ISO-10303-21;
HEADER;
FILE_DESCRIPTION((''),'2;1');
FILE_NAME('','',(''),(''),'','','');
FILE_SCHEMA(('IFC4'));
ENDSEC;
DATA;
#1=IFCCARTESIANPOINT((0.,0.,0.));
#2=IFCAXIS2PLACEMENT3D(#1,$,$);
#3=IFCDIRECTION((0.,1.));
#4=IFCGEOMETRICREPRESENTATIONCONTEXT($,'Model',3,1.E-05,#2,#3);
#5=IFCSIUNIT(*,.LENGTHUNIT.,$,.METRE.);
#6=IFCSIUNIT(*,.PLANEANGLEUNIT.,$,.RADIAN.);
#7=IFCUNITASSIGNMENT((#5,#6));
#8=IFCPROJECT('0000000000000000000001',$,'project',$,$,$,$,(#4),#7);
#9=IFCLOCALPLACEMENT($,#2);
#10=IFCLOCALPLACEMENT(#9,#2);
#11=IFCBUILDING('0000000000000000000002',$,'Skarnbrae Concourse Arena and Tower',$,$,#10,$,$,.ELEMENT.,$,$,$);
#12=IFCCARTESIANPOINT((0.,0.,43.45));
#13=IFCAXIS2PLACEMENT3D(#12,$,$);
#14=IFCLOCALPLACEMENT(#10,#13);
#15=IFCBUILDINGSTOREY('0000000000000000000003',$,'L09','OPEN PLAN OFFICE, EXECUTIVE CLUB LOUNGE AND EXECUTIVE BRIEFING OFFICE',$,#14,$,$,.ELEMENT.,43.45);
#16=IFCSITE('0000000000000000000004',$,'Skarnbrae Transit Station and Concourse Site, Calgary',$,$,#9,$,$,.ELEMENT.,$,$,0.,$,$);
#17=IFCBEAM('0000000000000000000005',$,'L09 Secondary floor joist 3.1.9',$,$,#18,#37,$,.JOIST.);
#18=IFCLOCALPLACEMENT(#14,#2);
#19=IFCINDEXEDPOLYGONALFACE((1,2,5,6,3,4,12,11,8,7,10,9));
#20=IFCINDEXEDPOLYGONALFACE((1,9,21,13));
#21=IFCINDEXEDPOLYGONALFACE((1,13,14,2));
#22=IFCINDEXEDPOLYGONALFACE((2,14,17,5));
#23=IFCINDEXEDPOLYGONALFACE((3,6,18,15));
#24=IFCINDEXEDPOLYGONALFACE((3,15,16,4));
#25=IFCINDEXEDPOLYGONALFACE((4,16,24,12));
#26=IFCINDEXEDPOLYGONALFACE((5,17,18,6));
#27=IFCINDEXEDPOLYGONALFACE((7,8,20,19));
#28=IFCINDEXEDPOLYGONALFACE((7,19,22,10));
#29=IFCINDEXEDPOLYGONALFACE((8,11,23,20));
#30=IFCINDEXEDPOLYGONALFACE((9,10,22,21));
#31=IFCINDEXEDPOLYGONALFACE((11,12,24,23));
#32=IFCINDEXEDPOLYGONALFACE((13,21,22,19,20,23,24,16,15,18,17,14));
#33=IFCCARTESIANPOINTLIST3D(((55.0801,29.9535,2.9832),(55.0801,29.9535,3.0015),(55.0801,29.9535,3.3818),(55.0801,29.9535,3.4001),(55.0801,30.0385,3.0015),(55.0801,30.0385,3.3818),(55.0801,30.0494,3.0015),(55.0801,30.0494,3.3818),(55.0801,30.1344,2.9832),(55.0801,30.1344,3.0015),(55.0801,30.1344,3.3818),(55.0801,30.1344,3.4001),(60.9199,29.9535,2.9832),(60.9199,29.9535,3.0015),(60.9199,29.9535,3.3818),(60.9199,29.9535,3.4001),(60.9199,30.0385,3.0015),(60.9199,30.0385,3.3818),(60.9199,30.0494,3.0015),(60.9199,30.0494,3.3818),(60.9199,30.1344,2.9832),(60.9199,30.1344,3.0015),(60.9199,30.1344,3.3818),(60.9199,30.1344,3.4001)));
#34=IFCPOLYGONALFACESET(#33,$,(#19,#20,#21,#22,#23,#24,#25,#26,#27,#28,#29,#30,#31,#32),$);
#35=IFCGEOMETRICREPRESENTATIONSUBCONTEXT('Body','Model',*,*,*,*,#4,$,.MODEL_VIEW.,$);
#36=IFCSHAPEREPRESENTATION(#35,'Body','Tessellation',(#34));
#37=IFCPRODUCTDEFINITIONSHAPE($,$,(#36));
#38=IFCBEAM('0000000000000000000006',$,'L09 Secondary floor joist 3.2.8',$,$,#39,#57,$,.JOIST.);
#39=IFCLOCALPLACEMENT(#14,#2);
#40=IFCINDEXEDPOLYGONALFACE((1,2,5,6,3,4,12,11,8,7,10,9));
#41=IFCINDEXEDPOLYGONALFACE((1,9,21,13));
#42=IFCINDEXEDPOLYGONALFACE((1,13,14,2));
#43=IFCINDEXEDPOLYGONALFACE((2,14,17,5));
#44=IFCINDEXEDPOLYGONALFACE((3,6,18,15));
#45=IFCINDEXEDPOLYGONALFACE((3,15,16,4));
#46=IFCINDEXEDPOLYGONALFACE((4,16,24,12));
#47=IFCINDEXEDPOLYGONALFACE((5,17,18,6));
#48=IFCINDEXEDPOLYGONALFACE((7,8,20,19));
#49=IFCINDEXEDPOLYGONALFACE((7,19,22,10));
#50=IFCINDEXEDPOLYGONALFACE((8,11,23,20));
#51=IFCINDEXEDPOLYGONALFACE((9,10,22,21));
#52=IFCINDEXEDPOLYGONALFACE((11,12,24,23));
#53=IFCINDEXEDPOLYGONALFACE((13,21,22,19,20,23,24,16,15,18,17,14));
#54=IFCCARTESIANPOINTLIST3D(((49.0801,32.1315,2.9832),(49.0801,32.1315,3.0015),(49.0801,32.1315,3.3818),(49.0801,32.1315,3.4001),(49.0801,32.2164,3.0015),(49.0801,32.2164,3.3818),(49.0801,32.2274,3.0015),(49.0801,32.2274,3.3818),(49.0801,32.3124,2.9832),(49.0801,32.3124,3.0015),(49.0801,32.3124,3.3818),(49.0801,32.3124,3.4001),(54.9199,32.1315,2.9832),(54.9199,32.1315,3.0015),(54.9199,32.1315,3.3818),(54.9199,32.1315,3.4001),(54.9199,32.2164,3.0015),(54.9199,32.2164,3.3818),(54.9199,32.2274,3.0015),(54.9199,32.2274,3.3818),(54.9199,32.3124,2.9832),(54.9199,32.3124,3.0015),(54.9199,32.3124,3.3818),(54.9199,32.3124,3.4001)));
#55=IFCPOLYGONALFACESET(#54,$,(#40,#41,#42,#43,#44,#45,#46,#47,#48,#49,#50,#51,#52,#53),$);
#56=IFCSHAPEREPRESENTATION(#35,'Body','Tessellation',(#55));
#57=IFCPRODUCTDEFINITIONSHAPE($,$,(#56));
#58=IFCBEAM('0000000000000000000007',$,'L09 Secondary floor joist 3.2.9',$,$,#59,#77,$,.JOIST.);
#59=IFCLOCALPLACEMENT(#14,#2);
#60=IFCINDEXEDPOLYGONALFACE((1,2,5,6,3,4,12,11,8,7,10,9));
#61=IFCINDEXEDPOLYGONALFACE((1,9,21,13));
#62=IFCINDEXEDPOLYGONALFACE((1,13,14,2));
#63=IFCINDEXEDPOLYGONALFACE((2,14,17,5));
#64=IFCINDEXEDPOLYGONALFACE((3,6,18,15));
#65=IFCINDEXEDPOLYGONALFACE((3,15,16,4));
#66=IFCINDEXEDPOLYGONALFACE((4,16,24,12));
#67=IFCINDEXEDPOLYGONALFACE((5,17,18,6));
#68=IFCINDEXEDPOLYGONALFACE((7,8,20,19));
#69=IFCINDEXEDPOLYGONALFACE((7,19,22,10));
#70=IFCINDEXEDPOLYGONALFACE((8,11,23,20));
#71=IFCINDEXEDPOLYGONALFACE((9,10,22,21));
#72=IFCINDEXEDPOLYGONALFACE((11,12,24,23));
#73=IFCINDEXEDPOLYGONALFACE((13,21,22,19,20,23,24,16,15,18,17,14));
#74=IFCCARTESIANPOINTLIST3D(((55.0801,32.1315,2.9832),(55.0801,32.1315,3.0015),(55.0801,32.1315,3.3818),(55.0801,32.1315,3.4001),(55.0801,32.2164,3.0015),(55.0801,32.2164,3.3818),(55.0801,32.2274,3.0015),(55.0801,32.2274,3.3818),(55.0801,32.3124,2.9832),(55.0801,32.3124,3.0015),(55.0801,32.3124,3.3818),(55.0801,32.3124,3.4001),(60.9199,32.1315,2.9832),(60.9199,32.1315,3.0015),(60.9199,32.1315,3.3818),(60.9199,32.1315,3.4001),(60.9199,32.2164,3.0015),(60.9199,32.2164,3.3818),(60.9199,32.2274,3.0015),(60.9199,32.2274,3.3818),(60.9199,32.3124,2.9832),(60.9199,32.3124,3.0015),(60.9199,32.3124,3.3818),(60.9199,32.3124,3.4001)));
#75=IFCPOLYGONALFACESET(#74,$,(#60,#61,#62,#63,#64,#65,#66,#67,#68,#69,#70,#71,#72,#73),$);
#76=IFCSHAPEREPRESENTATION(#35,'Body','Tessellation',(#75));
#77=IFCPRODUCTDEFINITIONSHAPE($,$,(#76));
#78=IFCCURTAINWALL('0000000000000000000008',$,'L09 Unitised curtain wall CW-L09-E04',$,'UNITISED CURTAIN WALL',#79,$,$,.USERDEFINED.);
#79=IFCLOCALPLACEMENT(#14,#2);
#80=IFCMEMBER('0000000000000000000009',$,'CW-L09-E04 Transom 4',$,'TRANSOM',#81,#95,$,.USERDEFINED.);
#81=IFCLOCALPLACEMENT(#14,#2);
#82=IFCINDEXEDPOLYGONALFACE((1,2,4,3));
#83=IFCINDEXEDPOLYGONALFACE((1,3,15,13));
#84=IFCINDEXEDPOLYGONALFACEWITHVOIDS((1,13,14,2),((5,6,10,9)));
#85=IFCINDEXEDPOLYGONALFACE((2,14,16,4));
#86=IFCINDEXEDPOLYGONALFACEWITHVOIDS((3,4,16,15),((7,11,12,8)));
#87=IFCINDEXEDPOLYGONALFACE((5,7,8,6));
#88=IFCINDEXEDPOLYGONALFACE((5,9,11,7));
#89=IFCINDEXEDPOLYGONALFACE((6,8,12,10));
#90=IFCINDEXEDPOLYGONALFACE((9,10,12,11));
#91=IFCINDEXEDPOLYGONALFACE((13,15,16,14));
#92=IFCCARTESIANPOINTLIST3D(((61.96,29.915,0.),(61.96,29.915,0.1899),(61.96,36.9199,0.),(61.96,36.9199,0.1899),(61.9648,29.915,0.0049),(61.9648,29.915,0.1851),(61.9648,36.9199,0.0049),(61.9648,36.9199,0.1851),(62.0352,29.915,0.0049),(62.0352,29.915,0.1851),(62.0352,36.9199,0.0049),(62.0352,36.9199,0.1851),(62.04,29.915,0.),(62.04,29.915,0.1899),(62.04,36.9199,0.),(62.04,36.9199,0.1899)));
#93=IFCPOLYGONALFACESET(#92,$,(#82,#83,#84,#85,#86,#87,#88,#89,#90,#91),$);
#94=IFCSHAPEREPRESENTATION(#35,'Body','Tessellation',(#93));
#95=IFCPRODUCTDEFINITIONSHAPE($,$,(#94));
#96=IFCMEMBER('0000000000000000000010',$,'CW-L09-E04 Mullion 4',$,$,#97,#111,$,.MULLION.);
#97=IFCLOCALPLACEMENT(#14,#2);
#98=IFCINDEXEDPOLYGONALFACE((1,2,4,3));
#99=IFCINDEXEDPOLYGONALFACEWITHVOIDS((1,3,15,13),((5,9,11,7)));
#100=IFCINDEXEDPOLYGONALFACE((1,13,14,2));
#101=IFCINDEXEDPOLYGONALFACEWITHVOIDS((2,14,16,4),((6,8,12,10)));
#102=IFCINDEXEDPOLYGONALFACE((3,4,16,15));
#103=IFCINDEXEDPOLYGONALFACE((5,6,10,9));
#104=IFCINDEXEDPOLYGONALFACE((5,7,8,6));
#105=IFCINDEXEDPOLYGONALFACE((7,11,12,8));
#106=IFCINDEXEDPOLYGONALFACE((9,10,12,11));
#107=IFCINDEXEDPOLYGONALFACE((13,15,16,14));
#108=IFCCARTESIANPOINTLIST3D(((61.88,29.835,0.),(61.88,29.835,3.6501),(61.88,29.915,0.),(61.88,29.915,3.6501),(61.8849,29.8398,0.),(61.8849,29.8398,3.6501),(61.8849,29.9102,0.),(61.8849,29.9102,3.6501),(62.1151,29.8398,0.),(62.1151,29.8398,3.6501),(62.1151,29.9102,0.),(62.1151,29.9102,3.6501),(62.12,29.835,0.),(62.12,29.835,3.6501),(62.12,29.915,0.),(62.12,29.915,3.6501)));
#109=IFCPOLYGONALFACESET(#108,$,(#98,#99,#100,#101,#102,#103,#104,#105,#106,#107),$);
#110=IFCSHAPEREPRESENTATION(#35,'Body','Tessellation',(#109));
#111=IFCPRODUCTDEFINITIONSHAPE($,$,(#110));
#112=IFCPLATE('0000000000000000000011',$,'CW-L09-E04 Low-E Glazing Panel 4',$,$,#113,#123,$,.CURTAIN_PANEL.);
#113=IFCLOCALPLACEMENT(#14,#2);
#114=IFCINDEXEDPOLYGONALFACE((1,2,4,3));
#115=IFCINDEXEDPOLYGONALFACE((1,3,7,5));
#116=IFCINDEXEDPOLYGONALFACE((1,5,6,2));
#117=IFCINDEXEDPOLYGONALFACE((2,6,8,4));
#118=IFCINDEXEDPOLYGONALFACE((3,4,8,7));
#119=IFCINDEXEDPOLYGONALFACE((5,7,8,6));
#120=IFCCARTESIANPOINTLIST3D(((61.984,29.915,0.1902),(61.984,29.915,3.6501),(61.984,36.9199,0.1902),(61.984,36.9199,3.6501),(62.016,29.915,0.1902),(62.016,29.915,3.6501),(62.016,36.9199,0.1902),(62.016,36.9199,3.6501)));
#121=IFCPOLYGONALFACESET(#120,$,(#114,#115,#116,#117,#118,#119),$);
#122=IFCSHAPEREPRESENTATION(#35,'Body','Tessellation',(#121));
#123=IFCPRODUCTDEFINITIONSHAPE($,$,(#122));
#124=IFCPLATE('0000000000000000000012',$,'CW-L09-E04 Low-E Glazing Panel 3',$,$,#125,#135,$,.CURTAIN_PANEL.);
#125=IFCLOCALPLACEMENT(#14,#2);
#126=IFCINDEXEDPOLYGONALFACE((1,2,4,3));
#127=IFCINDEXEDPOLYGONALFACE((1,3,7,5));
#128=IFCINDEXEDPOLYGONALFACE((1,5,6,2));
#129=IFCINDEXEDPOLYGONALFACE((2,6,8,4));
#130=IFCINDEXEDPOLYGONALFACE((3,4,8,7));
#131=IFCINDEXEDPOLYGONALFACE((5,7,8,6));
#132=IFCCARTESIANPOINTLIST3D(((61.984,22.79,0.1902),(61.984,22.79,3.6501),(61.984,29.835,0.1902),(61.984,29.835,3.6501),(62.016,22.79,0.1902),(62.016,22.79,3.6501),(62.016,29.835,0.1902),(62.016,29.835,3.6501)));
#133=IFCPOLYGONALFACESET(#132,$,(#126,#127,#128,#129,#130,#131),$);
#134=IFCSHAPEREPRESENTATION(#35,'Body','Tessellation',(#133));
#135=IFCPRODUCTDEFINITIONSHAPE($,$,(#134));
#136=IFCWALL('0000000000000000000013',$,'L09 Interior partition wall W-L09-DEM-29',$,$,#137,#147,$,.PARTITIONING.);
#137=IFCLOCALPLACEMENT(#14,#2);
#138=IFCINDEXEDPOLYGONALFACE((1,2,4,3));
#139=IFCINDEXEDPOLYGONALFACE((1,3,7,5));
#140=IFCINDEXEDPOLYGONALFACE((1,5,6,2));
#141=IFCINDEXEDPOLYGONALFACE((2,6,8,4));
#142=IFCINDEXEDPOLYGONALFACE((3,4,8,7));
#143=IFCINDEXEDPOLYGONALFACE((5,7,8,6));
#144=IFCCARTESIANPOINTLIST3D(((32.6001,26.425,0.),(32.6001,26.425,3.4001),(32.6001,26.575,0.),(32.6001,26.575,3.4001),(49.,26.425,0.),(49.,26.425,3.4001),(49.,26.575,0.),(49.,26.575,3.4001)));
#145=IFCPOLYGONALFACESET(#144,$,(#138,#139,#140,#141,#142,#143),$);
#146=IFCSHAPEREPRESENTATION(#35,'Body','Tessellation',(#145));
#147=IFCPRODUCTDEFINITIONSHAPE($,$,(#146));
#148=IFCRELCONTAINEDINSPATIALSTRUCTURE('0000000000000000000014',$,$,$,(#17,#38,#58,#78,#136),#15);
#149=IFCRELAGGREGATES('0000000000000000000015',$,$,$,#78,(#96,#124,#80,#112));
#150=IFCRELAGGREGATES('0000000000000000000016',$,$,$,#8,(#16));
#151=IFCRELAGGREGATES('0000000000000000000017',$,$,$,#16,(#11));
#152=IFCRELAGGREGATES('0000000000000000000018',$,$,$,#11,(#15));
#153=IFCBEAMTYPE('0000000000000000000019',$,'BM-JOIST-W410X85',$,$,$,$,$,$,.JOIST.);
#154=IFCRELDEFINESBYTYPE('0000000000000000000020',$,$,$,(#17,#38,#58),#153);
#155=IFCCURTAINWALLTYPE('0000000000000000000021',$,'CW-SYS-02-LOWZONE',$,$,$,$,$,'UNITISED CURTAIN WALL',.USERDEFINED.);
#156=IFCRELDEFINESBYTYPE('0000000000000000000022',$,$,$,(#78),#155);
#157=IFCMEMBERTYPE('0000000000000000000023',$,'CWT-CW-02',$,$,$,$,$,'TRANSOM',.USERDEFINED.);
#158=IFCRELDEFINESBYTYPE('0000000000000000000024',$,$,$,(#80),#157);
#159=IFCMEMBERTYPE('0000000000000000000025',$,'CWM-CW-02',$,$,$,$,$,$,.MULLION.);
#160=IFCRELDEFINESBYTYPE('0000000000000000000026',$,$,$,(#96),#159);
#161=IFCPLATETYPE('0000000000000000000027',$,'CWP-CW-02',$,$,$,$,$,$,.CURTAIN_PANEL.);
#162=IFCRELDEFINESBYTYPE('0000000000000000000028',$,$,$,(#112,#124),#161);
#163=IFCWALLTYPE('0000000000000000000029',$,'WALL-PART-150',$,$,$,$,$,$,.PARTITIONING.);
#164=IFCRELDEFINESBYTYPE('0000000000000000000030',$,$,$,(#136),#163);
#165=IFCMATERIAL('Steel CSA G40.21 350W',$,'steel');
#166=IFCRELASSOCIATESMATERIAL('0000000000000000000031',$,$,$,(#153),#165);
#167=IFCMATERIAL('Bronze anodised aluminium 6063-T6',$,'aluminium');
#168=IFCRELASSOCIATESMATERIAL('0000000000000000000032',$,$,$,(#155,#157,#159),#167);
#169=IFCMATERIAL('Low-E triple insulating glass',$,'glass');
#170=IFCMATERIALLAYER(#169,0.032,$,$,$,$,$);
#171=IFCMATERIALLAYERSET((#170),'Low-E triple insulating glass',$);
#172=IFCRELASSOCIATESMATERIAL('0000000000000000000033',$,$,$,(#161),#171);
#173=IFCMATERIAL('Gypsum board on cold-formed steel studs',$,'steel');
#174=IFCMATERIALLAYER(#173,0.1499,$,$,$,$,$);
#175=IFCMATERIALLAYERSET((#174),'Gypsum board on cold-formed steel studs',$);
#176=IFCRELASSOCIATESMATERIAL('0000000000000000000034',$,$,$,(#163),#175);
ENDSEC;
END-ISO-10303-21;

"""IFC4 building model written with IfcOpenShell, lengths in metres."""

from ifc_helpers import new_model, si_unit, direction, frame, frame_2d, origin, origin_2d, place, context, subcontext, project, spatial, rectangle, hollow_rectangle, i_section, extrude, source, transform, mapped, material, layer, layer_set, material_profile, profile_set, type_object, element, aggregate, save


model = new_model("IFC4")

# Units and contexts
model_context = context("Model", 3, precision=1e-05, world=origin(), true_north=direction((0.0, 1.0)))
body_context = subcontext(model_context, "Body", "Model", "MODEL_VIEW")
ifc_project = project(units=[si_unit("LENGTHUNIT", "METRE"), si_unit("PLANEANGLEUNIT", "RADIAN")], contexts=[model_context])

# Site, building, storey
site_placement = place(None, origin())
site = spatial("IfcSite", under=ifc_project, at=site_placement, Name="Skarnbrae Transit Station and Concourse Site, Calgary", CompositionType="ELEMENT", RefElevation=0.0)
building_placement = place(site_placement, origin())
building = spatial("IfcBuilding", under=site, at=building_placement, Name="Skarnbrae Concourse Arena and Tower", CompositionType="ELEMENT")
storey_placement = place(building_placement, frame((0.0, 0.0, 43.45)))
storey = spatial("IfcBuildingStorey", under=building, at=storey_placement, Name="L09", Description="OPEN PLAN OFFICE, EXECUTIVE CLUB LOUNGE AND EXECUTIVE BRIEFING OFFICE", CompositionType="ELEMENT", Elevation=43.45)

# Shared definitions
ifc_material_1 = material(Name="Steel CSA G40.21 350W", Category="steel")

# Beams
ifc_material_profile_1 = material_profile(ifc_material_1, i_section(OverallWidth=0.1809, OverallDepth=0.417, WebThickness=0.011, FlangeThickness=0.0183, at=origin_2d()), Name="W410X85")
ifc_profile_set_1 = profile_set([ifc_material_profile_1], Name="Steel CSA G40.21 350W")
beam_type_1 = type_object("IfcBeamType", Name="BM-JOIST-W410X85", PredefinedType="JOIST", material=ifc_profile_set_1)
shared_shape_1 = source(origin(), body_context, "Body", "SweptSolid", [
    extrude(i_section(OverallWidth=0.1809, OverallDepth=0.417, WebThickness=0.011, FlangeThickness=0.0183, at=origin_2d()), origin(), (0.0, 0.0, 1.0), 5.8398),
])
for number, where, z_axis, x_axis, name in (
    (1, (55.0801, 30.0439, 3.1917), (1.0, 0.0, 0.0), (0.0, 1.0, 0.0), "L09 Secondary floor joist 3.1.9"),
    (2, (49.0801, 32.2219, 3.1917), (1.0, 0.0, 0.0), (0.0, 1.0, 0.0), "L09 Secondary floor joist 3.2.8"),
    (3, (55.0801, 32.2219, 3.1917), (1.0, 0.0, 0.0), (0.0, 1.0, 0.0), "L09 Secondary floor joist 3.2.9"),
):
    element("IfcBeam", number, at=place(storey_placement, frame(where, z_axis=z_axis, x_axis=x_axis)), inside=storey, type_object=beam_type_1, Name=name, PredefinedType="JOIST", context=body_context, shape_type="MappedRepresentation", body=[
        mapped(shared_shape_1, transform((0.0, 0.0, 0.0))),
    ])

# Curtain wall, members, plates
ifc_material_2 = material(Name="Bronze anodised aluminium 6063-T6", Category="aluminium")
curtain_wall_type = type_object("IfcCurtainWallType", Name="CW-SYS-02-LOWZONE", ElementType="UNITISED CURTAIN WALL", PredefinedType="USERDEFINED", material=ifc_material_2)
curtain_wall_placement = place(storey_placement, origin())
curtain_wall = element("IfcCurtainWall", 4, at=curtain_wall_placement, inside=storey, type_object=curtain_wall_type, Name="L09 Unitised curtain wall CW-L09-E04", ObjectType="UNITISED CURTAIN WALL", PredefinedType="USERDEFINED")
ifc_material_profile_2 = material_profile(ifc_material_2, hollow_rectangle(XDim=0.0801, YDim=0.1899, WallThickness=0.0049, at=origin_2d()), Name="ALU-TRAN-80X190")
ifc_profile_set_2 = profile_set([ifc_material_profile_2], Name="Bronze anodised aluminium 6063-T6")
member_type_1 = type_object("IfcMemberType", Name="CWT-CW-02", ElementType="TRANSOM", PredefinedType="USERDEFINED", material=ifc_profile_set_2)
shared_shape_2 = source(origin(), body_context, "Body", "SweptSolid", [
    extrude(hollow_rectangle(XDim=0.0801, YDim=0.1899, WallThickness=0.0049, at=origin_2d()), origin(), (0.0, 0.0, 1.0), 7.0049),
])
member_1_placement = place(storey_placement, frame((62.0, 29.915, 0.095), z_axis=(0.0, 1.0, 0.0), x_axis=(-1.0, 0.0, 0.0)))
member_1 = element("IfcMember", 5, at=member_1_placement, type_object=member_type_1, Name="CW-L09-E04 Transom 4", ObjectType="TRANSOM", PredefinedType="USERDEFINED", context=body_context, shape_type="MappedRepresentation", body=[
    mapped(shared_shape_2, transform((0.0, 0.0, 0.0))),
])
ifc_material_profile_3 = material_profile(ifc_material_2, hollow_rectangle(XDim=0.0801, YDim=0.24, WallThickness=0.0049, at=origin_2d()), Name="ALU-MULL-80X240")
ifc_profile_set_3 = profile_set([ifc_material_profile_3], Name="Bronze anodised aluminium 6063-T6")
member_type_2 = type_object("IfcMemberType", Name="CWM-CW-02", PredefinedType="MULLION", material=ifc_profile_set_3)
shared_shape_3 = source(origin(), body_context, "Body", "SweptSolid", [
    extrude(hollow_rectangle(XDim=0.0801, YDim=0.24, WallThickness=0.0049, at=origin_2d()), origin(), (0.0, 0.0, 1.0), 3.6501),
])
member_2_placement = place(storey_placement, frame((62.0, 29.875, 0.0), z_axis=(0.0, 0.0, 1.0), x_axis=(0.0, 1.0, 0.0)))
member_2 = element("IfcMember", 6, at=member_2_placement, type_object=member_type_2, Name="CW-L09-E04 Mullion 4", PredefinedType="MULLION", context=body_context, shape_type="MappedRepresentation", body=[
    mapped(shared_shape_3, transform((0.0, 0.0, 0.0))),
])
ifc_material_3 = material(Name="Low-E triple insulating glass", Category="glass")
ifc_layer_1 = layer(ifc_material_3, 0.032)
ifc_layer_set_1 = layer_set([ifc_layer_1], Name="Low-E triple insulating glass")
plate_type = type_object("IfcPlateType", Name="CWP-CW-02", PredefinedType="CURTAIN_PANEL", material=ifc_layer_set_1)
shared_shape_4 = source(origin(), body_context, "Body", "SweptSolid", [
    extrude(rectangle(XDim=7.0049, YDim=0.032, at=origin_2d()), origin(), (0.0, 0.0, 1.0), 3.46),
])
plate_1_placement = place(storey_placement, frame((62.0, 33.4175, 0.1902), z_axis=(0.0, 0.0, 1.0), x_axis=(0.0, 1.0, 0.0)))
plate_1 = element("IfcPlate", 7, at=plate_1_placement, type_object=plate_type, Name="CW-L09-E04 Low-E Glazing Panel 4", PredefinedType="CURTAIN_PANEL", context=body_context, shape_type="MappedRepresentation", body=[
    mapped(shared_shape_4, transform((0.0, 0.0, 0.0))),
])
shared_shape_5 = source(origin(), body_context, "Body", "SweptSolid", [
    extrude(rectangle(XDim=7.0449, YDim=0.032, at=origin_2d()), origin(), (0.0, 0.0, 1.0), 3.46),
])
plate_2_placement = place(storey_placement, frame((62.0, 26.3125, 0.1902), z_axis=(0.0, 0.0, 1.0), x_axis=(0.0, 1.0, 0.0)))
plate_2 = element("IfcPlate", 8, at=plate_2_placement, type_object=plate_type, Name="CW-L09-E04 Low-E Glazing Panel 3", PredefinedType="CURTAIN_PANEL", context=body_context, shape_type="MappedRepresentation", body=[
    mapped(shared_shape_5, transform((0.0, 0.0, 0.0))),
])
aggregate(curtain_wall, [member_2, plate_2, member_1, plate_1])

# Wall
ifc_material_4 = material(Name="Gypsum board on cold-formed steel studs", Category="steel")
ifc_layer_2 = layer(ifc_material_4, 0.1499)
ifc_layer_set_2 = layer_set([ifc_layer_2], Name="Gypsum board on cold-formed steel studs")
wall_type = type_object("IfcWallType", Name="WALL-PART-150", PredefinedType="PARTITIONING", material=ifc_layer_set_2)
shared_shape_6 = source(origin(), body_context, "Body", "SweptSolid", [
    extrude(rectangle(XDim=16.3999, YDim=0.1499, at=frame_2d((8.2, 0.0))), origin(), (0.0, 0.0, 1.0), 3.4001),
])
wall_placement = place(storey_placement, frame((49.0, 26.5, 0.0), z_axis=(0.0, 0.0, 1.0), x_axis=(-1.0, 0.0, 0.0)))
element("IfcWall", 9, at=wall_placement, inside=storey, type_object=wall_type, Name="L09 Interior partition wall W-L09-DEM-29", PredefinedType="PARTITIONING", context=body_context, shape_type="MappedRepresentation", body=[
    mapped(shared_shape_6, transform((0.0, 0.0, 0.0))),
])

save(model, "model.ifc")
